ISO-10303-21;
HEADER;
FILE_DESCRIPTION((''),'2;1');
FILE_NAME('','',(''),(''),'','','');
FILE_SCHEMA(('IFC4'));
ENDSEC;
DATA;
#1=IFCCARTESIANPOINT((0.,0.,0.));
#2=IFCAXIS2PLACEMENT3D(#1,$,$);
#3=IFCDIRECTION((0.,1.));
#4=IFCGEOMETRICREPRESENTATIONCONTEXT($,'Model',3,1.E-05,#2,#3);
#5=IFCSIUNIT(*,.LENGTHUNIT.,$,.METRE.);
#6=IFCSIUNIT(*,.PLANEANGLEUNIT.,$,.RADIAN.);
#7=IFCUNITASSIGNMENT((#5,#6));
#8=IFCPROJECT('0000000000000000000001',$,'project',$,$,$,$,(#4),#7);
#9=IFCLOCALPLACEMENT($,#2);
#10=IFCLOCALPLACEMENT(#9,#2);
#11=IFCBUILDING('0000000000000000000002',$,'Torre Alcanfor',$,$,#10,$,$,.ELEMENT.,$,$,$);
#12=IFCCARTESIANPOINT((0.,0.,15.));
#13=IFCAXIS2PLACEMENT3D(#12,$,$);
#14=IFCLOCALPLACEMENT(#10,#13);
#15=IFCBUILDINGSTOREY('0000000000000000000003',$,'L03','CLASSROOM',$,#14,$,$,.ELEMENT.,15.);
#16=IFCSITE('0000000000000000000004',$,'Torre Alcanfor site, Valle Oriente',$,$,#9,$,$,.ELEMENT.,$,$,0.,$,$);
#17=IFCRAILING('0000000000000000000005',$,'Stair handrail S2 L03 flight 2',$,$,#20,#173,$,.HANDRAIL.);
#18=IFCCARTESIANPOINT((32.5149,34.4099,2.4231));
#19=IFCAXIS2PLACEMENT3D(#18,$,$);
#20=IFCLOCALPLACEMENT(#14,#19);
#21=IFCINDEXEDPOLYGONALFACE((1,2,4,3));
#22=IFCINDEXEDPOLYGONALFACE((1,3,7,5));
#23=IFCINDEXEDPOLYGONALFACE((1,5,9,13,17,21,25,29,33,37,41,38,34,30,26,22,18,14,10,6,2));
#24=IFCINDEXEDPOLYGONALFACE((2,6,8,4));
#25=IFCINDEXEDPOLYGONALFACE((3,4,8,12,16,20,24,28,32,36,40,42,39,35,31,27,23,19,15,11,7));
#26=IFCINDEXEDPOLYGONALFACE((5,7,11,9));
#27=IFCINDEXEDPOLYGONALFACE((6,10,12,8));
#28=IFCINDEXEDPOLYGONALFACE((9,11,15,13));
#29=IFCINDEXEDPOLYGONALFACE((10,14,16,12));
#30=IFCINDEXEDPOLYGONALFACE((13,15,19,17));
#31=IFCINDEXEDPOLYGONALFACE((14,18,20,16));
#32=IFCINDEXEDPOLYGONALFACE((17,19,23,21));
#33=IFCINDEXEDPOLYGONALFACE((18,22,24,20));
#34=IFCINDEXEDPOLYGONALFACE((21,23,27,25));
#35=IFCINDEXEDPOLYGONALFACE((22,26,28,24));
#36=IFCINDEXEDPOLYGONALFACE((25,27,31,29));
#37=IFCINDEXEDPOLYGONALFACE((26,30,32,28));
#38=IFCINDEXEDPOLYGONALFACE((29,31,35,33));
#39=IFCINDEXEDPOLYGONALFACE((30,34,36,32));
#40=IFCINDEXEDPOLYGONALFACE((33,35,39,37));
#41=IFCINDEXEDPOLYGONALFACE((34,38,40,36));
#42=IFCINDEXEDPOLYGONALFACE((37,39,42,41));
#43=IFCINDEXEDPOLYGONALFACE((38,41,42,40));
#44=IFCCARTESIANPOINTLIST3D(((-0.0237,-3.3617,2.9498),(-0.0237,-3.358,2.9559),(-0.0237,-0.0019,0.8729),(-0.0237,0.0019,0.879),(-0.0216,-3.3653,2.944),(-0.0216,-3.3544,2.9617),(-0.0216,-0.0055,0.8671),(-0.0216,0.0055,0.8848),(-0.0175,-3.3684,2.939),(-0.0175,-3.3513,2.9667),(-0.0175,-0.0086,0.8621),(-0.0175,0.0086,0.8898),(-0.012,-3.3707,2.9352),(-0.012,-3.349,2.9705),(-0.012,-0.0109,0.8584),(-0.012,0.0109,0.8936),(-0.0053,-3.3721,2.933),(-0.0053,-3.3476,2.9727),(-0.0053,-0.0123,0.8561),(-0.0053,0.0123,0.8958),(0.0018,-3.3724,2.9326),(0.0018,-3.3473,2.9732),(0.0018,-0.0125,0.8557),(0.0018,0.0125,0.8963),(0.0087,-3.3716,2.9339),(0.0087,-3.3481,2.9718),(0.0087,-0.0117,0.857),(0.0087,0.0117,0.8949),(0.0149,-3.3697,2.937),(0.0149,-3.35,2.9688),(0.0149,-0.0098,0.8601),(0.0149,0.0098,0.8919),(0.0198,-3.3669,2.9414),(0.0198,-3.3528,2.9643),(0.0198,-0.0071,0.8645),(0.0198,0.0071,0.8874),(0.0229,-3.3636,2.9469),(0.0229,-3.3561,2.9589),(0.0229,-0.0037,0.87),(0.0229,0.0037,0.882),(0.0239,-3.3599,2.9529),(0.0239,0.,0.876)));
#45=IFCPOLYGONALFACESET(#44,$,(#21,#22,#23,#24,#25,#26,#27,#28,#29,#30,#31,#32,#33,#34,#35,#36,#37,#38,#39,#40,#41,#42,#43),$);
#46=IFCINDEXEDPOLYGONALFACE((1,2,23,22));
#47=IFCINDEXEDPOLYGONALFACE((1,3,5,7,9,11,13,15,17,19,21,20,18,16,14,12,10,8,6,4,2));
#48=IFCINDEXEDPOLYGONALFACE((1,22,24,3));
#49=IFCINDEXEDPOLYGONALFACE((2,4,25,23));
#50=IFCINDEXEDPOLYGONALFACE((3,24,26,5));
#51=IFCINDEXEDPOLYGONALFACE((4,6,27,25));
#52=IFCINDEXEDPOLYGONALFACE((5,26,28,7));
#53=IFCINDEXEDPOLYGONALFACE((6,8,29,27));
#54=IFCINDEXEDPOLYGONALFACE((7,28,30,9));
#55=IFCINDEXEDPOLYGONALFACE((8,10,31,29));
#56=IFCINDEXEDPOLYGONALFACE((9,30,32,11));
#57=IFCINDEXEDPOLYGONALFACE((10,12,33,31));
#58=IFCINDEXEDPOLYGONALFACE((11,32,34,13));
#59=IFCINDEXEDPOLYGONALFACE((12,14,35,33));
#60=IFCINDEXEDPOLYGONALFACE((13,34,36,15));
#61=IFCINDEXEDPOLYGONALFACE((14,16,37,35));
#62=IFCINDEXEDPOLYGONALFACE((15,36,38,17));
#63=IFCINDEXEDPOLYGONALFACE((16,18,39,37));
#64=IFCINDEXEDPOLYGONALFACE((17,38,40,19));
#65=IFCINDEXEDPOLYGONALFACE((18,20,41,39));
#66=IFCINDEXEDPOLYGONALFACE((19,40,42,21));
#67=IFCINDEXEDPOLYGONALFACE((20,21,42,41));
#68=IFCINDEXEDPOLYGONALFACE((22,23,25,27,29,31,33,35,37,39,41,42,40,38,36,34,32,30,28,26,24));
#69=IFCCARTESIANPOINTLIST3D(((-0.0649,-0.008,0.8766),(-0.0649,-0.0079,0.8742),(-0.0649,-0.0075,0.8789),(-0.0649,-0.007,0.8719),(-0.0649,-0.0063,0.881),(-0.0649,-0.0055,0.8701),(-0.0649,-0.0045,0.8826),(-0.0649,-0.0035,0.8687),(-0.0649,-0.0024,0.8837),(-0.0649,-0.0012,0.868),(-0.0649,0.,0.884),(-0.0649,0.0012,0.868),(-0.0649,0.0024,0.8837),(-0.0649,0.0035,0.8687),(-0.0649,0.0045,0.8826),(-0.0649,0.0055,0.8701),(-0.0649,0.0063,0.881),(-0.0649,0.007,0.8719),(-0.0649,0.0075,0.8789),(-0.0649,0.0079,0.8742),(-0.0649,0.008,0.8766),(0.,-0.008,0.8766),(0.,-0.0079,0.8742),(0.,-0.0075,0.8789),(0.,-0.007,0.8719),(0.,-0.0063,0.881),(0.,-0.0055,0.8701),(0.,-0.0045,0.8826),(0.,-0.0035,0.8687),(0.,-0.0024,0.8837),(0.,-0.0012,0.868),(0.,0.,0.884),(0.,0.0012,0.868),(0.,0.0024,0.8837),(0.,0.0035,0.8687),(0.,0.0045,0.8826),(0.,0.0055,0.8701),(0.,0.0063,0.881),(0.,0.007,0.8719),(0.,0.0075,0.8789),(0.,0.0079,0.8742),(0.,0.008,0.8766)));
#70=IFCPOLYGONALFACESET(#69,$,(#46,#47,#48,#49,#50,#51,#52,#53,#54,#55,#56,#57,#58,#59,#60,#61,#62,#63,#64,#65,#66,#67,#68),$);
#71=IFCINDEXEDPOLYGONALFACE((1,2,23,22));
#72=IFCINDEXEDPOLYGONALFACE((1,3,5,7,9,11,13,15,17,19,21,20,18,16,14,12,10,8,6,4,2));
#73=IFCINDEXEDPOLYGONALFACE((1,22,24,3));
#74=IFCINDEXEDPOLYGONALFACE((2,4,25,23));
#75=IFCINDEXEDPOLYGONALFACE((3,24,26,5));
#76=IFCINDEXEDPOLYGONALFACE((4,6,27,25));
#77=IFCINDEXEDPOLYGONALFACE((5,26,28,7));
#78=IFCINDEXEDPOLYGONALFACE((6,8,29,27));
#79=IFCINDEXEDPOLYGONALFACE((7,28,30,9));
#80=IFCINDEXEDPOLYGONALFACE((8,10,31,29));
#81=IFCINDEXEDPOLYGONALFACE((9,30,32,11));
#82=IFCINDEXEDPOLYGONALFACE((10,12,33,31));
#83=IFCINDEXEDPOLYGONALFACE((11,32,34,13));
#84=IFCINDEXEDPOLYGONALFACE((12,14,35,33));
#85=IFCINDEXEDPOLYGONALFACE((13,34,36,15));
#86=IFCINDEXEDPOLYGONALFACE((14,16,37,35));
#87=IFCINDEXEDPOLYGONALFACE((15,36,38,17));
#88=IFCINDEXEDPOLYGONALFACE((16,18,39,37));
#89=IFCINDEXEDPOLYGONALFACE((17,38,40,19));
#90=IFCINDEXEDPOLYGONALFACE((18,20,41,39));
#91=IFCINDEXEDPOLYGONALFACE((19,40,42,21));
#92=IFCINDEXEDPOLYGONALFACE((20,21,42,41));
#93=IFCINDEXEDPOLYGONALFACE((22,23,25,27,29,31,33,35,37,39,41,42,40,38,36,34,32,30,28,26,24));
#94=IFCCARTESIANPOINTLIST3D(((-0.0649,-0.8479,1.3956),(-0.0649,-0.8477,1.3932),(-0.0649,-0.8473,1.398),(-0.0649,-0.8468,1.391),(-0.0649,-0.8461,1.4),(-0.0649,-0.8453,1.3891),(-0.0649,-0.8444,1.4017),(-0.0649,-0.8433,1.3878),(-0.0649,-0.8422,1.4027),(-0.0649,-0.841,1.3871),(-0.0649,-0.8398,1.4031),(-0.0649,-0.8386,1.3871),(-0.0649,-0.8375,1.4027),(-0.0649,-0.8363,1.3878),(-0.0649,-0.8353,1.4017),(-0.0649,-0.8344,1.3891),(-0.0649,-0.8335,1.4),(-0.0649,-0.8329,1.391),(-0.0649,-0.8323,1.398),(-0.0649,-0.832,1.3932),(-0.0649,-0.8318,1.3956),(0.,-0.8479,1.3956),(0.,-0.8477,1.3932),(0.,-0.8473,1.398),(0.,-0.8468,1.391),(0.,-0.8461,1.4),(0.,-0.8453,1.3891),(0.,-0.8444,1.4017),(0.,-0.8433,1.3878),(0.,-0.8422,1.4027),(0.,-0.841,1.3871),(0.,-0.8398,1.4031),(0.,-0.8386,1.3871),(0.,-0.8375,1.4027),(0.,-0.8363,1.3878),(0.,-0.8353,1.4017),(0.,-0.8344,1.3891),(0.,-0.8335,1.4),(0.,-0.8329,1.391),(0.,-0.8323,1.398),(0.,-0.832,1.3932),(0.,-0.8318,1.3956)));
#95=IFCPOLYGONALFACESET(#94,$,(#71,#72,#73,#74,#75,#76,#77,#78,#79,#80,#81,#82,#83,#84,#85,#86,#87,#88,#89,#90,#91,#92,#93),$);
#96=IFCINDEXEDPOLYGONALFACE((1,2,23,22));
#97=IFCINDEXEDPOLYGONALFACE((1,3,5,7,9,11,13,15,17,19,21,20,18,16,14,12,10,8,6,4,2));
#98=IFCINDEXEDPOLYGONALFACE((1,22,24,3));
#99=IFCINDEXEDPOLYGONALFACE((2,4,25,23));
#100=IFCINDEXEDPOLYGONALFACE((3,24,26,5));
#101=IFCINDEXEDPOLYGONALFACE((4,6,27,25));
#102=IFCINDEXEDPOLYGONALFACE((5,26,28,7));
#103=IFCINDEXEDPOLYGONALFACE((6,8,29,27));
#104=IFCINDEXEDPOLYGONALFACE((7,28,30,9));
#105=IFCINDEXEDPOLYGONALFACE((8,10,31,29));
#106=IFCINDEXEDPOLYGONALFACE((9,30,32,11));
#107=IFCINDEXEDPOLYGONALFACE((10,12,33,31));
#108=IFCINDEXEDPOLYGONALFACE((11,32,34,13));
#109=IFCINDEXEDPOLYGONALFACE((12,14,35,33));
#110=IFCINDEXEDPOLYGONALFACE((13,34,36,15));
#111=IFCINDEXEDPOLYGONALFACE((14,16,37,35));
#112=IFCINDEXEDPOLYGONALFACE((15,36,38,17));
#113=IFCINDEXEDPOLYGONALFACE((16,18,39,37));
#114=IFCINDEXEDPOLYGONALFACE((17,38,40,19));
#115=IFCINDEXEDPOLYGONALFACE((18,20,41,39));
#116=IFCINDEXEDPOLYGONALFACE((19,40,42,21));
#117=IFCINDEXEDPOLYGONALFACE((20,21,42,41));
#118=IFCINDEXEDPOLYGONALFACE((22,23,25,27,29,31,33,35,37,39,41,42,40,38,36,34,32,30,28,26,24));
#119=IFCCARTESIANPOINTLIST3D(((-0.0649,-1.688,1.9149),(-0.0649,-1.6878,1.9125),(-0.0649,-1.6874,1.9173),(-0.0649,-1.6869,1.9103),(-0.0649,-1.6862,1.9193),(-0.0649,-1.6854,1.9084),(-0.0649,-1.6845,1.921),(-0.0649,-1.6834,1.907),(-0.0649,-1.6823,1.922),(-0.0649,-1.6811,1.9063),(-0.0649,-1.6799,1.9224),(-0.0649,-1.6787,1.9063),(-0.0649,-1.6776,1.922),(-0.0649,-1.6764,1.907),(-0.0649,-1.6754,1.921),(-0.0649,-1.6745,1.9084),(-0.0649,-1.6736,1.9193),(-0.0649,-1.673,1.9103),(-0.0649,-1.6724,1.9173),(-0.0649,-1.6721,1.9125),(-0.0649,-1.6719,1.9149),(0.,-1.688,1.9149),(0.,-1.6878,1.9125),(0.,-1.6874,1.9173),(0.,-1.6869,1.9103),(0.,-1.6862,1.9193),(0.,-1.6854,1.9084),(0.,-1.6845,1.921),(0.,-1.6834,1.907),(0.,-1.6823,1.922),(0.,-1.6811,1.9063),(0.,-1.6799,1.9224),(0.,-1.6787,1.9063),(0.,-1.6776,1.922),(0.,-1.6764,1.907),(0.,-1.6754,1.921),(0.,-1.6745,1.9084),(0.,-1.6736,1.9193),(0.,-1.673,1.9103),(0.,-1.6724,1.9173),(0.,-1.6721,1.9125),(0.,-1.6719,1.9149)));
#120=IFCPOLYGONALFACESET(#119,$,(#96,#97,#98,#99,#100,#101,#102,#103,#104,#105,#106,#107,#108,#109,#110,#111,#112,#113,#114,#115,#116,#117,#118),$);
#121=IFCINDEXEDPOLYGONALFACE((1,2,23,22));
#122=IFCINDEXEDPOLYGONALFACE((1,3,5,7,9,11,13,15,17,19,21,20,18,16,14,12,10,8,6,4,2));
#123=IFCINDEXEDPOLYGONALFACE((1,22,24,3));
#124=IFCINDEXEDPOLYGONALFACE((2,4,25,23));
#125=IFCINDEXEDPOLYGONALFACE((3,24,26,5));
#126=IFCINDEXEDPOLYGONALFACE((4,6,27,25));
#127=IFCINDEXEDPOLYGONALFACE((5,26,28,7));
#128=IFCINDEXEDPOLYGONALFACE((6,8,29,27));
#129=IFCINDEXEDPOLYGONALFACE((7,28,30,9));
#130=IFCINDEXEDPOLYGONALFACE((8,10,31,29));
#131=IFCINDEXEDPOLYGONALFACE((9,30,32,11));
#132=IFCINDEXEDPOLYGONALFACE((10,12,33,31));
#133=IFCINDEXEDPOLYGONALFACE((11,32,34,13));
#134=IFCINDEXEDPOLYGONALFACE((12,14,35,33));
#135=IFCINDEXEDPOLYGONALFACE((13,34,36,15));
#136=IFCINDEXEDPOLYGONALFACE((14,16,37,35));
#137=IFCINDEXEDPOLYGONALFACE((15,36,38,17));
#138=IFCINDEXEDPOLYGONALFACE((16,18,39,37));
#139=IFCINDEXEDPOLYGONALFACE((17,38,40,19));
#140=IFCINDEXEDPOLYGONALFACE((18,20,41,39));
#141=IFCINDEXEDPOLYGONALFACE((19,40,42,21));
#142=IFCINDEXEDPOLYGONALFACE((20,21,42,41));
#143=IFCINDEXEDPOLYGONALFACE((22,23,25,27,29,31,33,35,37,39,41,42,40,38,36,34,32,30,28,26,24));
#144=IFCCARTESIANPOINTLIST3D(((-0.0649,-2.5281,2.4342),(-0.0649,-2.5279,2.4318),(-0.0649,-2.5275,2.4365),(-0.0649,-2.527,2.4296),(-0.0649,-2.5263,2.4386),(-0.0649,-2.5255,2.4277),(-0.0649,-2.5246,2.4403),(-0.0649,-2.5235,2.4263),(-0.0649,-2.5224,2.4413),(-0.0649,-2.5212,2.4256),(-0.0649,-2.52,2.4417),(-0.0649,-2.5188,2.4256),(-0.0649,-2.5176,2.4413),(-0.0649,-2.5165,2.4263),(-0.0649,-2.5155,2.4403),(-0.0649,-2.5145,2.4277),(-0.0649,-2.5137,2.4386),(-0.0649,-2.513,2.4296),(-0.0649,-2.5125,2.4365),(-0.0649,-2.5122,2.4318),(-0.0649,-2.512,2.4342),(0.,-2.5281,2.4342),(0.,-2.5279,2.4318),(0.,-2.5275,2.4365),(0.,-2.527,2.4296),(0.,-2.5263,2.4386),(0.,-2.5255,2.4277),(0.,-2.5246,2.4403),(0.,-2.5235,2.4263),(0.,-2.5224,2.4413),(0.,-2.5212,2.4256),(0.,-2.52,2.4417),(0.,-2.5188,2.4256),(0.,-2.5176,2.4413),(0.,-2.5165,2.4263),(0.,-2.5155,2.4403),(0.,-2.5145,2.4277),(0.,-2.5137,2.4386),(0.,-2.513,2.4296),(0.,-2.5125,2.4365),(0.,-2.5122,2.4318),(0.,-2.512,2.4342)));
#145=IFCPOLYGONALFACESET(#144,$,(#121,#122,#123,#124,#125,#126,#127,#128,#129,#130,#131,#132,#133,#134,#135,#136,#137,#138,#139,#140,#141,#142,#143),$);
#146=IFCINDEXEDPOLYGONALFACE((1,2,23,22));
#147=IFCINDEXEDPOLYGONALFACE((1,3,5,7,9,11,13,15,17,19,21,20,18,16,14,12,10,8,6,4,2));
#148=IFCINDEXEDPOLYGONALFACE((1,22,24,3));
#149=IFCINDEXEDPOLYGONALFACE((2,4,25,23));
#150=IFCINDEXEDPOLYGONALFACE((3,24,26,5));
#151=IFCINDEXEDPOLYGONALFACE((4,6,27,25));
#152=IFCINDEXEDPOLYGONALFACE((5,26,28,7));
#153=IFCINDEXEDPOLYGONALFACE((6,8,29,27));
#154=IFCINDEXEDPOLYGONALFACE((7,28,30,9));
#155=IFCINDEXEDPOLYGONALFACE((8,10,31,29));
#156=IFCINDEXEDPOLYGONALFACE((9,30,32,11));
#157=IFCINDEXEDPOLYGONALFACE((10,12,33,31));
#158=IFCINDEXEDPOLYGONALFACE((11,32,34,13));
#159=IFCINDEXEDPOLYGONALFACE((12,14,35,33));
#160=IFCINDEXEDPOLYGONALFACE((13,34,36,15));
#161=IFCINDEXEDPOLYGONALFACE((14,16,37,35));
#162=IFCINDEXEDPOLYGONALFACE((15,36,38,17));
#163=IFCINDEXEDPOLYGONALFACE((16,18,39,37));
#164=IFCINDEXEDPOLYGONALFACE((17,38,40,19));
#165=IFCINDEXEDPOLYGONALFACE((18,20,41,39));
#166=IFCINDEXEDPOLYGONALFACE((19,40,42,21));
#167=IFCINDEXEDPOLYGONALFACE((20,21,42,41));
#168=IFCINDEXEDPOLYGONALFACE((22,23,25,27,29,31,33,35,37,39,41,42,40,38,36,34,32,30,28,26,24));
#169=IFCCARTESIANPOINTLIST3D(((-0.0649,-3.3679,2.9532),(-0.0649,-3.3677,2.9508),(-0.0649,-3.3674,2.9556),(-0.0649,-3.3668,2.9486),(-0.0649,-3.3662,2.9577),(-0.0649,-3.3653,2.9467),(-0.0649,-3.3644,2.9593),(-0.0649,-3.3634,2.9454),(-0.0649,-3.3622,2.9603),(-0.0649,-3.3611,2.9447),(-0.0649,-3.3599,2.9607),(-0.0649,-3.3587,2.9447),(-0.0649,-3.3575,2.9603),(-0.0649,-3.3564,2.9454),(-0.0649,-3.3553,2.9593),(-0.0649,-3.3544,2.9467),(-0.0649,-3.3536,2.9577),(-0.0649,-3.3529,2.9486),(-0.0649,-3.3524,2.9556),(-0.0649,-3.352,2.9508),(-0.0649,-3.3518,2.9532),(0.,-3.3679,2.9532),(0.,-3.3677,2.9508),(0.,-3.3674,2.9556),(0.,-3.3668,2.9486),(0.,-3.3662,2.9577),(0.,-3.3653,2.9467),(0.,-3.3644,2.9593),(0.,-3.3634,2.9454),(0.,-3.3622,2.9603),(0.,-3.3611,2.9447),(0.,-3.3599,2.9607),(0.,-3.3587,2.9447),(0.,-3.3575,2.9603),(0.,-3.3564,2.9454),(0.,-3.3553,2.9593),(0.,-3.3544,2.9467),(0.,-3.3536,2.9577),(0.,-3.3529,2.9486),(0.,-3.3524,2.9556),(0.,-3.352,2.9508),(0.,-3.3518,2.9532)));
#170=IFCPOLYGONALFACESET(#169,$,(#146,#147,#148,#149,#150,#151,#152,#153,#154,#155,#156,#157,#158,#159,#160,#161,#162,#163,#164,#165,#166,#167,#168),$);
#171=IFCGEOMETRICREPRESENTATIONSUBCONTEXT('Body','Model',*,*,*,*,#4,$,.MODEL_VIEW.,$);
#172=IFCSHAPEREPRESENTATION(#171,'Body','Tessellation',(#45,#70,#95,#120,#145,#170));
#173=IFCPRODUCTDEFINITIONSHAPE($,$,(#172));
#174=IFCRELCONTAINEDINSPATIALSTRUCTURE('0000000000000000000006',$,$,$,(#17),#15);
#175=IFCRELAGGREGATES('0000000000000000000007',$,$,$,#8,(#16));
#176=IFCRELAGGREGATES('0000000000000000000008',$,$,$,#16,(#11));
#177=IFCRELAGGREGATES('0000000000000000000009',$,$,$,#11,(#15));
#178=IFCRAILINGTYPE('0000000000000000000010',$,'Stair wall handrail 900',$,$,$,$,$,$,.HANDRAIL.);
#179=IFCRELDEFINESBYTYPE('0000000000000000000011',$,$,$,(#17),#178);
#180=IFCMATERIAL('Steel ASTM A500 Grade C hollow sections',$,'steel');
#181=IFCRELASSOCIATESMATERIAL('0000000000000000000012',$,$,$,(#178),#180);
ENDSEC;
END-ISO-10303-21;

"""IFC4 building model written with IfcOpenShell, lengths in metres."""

from ifc_helpers import new_model, si_unit, direction, frame, origin, origin_2d, place, context, subcontext, project, spatial, circle, extrude, material, type_object, element, save


model = new_model("IFC4")

# Units and contexts
model_context = context("Model", 3, precision=1e-05, world=origin(), true_north=direction((0.0, 1.0)))
body_context = subcontext(model_context, "Body", "Model", "MODEL_VIEW")
ifc_project = project(units=[si_unit("LENGTHUNIT", "METRE"), si_unit("PLANEANGLEUNIT", "RADIAN")], contexts=[model_context])

# Site, building, storey
site_placement = place(None, origin())
site = spatial("IfcSite", under=ifc_project, at=site_placement, Name="Torre Alcanfor site, Valle Oriente", CompositionType="ELEMENT", RefElevation=0.0)
building_placement = place(site_placement, origin())
building = spatial("IfcBuilding", under=site, at=building_placement, Name="Torre Alcanfor", CompositionType="ELEMENT")
storey_placement = place(building_placement, frame((0.0, 0.0, 15.0)))
storey = spatial("IfcBuildingStorey", under=building, at=storey_placement, Name="L03", Description="CLASSROOM", CompositionType="ELEMENT", Elevation=15.0)

# Railing
ifc_material_1 = material(Name="Steel ASTM A500 Grade C hollow sections", Category="steel")
railing_type_1 = type_object("IfcRailingType", Name="Stair wall handrail 900", PredefinedType="HANDRAIL", material=ifc_material_1)
railing_1_placement = place(storey_placement, frame((32.5149, 34.4099, 2.4231)))
element("IfcRailing", 1, at=railing_1_placement, inside=storey, type_object=railing_type_1, Name="Stair handrail S2 L03 flight 2", PredefinedType="HANDRAIL", context=body_context, shape_type="SweptSolid", body=[
    extrude(circle(Radius=0.0239, at=origin_2d()), frame((0.0, 0.0, 0.876), z_axis=(0.0, -0.850606, 0.525803), x_axis=(1.0, 0.0, 0.0)), (0.0, 0.0, 1.0), 3.95),
    extrude(circle(Radius=0.0081, at=origin_2d()), frame((0.0, 0.0, 0.876), z_axis=(-1.0, 0.0, 0.0), x_axis=(0.0, 0.0, 1.0)), (0.0, 0.0, 1.0), 0.0649),
    extrude(circle(Radius=0.0081, at=origin_2d()), frame((0.0, -0.8398, 1.395), z_axis=(-1.0, 0.0, 0.0), x_axis=(0.0, 0.0, 1.0)), (0.0, 0.0, 1.0), 0.0649),
    extrude(circle(Radius=0.0081, at=origin_2d()), frame((0.0, -1.6799, 1.9143), z_axis=(-1.0, 0.0, 0.0), x_axis=(0.0, 0.0, 1.0)), (0.0, 0.0, 1.0), 0.0649),
    extrude(circle(Radius=0.0081, at=origin_2d()), frame((0.0, -2.52, 2.4336), z_axis=(-1.0, 0.0, 0.0), x_axis=(0.0, 0.0, 1.0)), (0.0, 0.0, 1.0), 0.0649),
    extrude(circle(Radius=0.0081, at=origin_2d()), frame((0.0, -3.3599, 2.9526), z_axis=(-1.0, 0.0, 0.0), x_axis=(0.0, 0.0, 1.0)), (0.0, 0.0, 1.0), 0.0649),
])

save(model, "model.ifc")
